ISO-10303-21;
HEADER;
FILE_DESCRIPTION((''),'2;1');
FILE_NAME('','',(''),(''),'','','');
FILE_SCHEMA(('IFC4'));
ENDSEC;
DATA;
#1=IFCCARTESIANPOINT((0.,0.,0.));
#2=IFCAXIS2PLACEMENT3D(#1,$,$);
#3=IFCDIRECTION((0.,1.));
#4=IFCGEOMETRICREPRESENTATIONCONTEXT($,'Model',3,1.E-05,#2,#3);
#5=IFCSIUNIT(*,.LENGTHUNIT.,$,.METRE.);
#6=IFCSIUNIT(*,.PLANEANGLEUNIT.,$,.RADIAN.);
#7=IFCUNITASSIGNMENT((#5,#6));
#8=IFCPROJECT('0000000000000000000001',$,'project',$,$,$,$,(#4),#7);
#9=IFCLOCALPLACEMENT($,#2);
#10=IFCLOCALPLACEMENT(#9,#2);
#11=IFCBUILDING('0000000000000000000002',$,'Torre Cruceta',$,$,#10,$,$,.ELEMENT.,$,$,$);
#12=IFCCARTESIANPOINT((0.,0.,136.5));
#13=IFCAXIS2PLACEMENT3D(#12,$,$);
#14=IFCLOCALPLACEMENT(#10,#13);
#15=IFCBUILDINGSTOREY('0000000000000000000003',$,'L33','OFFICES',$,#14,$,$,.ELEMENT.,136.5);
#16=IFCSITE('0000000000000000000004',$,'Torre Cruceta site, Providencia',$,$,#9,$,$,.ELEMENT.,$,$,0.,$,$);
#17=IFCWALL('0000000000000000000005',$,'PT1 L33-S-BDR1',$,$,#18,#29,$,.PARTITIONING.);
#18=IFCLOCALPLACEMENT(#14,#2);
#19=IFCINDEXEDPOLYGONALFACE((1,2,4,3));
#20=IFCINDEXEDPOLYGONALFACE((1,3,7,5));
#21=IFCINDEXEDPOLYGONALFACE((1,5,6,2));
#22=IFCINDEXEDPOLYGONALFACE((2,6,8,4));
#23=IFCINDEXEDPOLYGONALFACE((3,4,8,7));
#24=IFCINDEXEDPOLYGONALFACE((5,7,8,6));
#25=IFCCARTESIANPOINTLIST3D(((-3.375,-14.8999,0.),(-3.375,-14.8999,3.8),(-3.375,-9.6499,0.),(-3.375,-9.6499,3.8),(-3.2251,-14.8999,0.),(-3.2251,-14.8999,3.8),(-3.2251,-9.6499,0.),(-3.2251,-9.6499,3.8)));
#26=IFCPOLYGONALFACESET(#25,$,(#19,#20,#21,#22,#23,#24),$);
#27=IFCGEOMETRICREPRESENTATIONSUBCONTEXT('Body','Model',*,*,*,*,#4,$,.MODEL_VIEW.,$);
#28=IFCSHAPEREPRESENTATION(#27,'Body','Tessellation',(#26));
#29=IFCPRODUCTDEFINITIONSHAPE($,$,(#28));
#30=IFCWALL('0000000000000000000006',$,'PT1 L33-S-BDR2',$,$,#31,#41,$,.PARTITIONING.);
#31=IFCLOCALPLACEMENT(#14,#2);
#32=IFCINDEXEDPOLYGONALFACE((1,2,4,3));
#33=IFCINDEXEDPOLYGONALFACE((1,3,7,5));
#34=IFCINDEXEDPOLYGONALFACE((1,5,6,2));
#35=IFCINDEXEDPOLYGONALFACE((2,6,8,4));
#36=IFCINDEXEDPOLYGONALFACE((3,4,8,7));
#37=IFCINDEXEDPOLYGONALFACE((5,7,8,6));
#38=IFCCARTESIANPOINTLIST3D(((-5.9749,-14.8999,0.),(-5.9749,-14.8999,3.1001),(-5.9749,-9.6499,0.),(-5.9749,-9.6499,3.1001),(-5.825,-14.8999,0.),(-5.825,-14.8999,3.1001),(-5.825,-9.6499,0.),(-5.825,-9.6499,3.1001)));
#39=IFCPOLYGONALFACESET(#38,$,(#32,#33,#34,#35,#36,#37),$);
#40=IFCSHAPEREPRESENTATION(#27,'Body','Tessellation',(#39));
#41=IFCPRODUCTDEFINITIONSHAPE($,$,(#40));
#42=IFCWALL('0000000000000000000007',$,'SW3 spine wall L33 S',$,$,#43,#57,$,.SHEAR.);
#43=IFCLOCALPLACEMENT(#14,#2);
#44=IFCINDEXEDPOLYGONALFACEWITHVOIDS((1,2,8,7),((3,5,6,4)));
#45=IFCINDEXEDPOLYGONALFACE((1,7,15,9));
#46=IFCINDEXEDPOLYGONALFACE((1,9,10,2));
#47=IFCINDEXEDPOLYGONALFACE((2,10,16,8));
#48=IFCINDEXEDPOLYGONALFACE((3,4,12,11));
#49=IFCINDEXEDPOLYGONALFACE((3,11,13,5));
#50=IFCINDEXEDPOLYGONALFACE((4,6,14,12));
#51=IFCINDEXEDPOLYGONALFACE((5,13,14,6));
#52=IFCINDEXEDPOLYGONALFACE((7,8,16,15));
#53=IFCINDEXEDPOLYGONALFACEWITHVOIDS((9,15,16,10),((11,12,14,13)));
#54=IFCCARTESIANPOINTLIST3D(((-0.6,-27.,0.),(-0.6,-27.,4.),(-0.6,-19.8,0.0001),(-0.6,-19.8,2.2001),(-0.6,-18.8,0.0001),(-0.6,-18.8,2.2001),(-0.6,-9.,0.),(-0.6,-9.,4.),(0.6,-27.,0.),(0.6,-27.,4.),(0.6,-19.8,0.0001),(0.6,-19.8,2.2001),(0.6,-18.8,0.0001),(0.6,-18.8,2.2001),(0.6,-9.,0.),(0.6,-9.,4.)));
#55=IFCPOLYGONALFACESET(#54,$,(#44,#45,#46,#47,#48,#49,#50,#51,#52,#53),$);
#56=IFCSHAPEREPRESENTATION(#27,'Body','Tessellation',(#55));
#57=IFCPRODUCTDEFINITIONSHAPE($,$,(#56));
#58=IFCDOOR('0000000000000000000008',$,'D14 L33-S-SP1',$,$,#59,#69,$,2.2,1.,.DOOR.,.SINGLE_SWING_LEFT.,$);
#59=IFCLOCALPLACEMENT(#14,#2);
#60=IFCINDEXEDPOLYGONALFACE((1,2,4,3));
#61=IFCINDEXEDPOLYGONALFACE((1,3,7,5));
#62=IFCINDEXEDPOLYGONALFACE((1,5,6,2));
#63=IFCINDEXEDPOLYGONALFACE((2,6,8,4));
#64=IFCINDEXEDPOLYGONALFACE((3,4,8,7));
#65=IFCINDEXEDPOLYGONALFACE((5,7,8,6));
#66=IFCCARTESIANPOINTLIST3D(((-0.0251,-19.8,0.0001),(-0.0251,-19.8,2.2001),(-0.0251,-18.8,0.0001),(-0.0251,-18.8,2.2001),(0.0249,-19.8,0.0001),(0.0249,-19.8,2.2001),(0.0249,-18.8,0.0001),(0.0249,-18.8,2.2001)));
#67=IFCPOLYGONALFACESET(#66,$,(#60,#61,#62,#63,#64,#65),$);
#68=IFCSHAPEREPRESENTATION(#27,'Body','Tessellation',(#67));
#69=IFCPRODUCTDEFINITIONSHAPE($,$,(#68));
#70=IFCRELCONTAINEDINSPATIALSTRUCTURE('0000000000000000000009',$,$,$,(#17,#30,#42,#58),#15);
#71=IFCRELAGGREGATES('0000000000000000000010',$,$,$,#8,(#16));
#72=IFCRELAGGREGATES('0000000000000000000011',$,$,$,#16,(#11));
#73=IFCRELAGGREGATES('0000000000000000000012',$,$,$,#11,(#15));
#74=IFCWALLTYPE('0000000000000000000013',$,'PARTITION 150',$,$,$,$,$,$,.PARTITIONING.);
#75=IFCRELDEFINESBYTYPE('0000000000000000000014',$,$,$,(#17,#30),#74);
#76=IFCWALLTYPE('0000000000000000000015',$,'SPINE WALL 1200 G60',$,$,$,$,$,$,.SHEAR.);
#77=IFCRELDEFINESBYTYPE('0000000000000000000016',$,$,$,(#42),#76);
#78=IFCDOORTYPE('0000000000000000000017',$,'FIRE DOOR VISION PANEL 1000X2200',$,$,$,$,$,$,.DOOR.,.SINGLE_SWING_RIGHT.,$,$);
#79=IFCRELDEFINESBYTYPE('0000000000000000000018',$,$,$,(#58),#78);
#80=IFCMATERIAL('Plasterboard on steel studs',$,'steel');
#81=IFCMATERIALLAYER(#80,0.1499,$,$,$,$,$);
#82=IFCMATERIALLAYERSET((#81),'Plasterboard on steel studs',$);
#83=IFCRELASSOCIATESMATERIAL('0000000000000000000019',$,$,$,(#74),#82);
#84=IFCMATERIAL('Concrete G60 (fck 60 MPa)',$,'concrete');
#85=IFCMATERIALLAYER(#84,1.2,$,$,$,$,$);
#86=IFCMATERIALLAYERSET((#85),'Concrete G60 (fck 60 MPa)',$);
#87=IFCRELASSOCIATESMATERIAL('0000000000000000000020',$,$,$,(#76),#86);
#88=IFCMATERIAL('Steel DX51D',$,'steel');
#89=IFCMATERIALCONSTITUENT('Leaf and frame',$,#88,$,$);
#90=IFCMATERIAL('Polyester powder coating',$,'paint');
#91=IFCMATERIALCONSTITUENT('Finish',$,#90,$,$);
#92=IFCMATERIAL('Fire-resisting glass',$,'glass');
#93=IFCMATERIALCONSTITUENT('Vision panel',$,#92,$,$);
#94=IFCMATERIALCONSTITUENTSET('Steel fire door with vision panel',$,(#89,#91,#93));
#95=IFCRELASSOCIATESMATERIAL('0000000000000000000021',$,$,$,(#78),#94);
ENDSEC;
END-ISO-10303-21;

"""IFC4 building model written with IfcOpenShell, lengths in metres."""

from ifc_helpers import new_model, si_unit, direction, frame, frame_2d, origin, place, context, subcontext, project, spatial, rectangle, extrude, material, layer, layer_set, constituent, constituent_set, type_object, element, fill, save


model = new_model("IFC4")

# Units and contexts
model_context = context("Model", 3, precision=1e-05, world=origin(), true_north=direction((0.0, 1.0)))
body_context = subcontext(model_context, "Body", "Model", "MODEL_VIEW")
ifc_project = project(units=[si_unit("LENGTHUNIT", "METRE"), si_unit("PLANEANGLEUNIT", "RADIAN")], contexts=[model_context])

# Site, building, storey
site_placement = place(None, origin())
site = spatial("IfcSite", under=ifc_project, at=site_placement, Name="Torre Cruceta site, Providencia", CompositionType="ELEMENT", RefElevation=0.0)
building_placement = place(site_placement, origin())
building = spatial("IfcBuilding", under=site, at=building_placement, Name="Torre Cruceta", CompositionType="ELEMENT")
storey_placement = place(building_placement, frame((0.0, 0.0, 136.5)))
storey = spatial("IfcBuildingStorey", under=building, at=storey_placement, Name="L33", Description="OFFICES", CompositionType="ELEMENT", Elevation=136.5)

# Shared definitions
ifc_material_1 = material(Name="Plasterboard on steel studs", Category="steel")
ifc_layer_1 = layer(ifc_material_1, 0.1499)
ifc_layer_set_1 = layer_set([ifc_layer_1], Name="Plasterboard on steel studs")
wall_type_1 = type_object("IfcWallType", Name="PARTITION 150", PredefinedType="PARTITIONING", material=ifc_layer_set_1)

# Walls
wall_1_placement = place(storey_placement, frame((-3.3, -9.6499, 0.0), z_axis=(0.0, 0.0, 1.0), x_axis=(0.0, -1.0, 0.0)))
element("IfcWall", 1, at=wall_1_placement, inside=storey, type_object=wall_type_1, Name="PT1 L33-S-BDR1", PredefinedType="PARTITIONING", context=body_context, shape_type="SweptSolid", body=[
    extrude(rectangle(XDim=5.25, YDim=0.1499, at=frame_2d((2.625, 0.0))), origin(), (0.0, 0.0, 1.0), 3.8),
])
wall_2_placement = place(storey_placement, frame((-5.8999, -9.6499, 0.0), z_axis=(0.0, 0.0, 1.0), x_axis=(0.0, -1.0, 0.0)))
element("IfcWall", 2, at=wall_2_placement, inside=storey, type_object=wall_type_1, Name="PT1 L33-S-BDR2", PredefinedType="PARTITIONING", context=body_context, shape_type="SweptSolid", body=[
    extrude(rectangle(XDim=5.25, YDim=0.1499, at=frame_2d((2.625, 0.0))), origin(), (0.0, 0.0, 1.0), 3.1001),
])

# Wall, opening, door
ifc_material_2 = material(Name="Concrete G60 (fck 60 MPa)", Category="concrete")
ifc_layer_2 = layer(ifc_material_2, 1.2)
ifc_layer_set_2 = layer_set([ifc_layer_2], Name="Concrete G60 (fck 60 MPa)")
wall_type_2 = type_object("IfcWallType", Name="SPINE WALL 1200 G60", PredefinedType="SHEAR", material=ifc_layer_set_2)
wall_3_placement = place(storey_placement, frame((0.0, -9.0, 0.0), z_axis=(0.0, 0.0, 1.0), x_axis=(0.0, -1.0, 0.0)))
wall_3 = element("IfcWall", 3, at=wall_3_placement, inside=storey, type_object=wall_type_2, Name="SW3 spine wall L33 S", PredefinedType="SHEAR", context=body_context, shape_type="SweptSolid", body=[
    extrude(rectangle(XDim=18.0, YDim=1.2, at=frame_2d((9.0, 0.0))), origin(), (0.0, 0.0, 1.0), 4.0),
])
opening_1_placement = place(wall_3_placement, frame((9.8, 0.0, 0.0)))
opening_1 = element("IfcOpeningElement", 4, at=opening_1_placement, cuts=wall_3, PredefinedType="OPENING", context=body_context, shape_type="SweptSolid", body=[
    extrude(rectangle(XDim=1.0, YDim=2.2, at=frame_2d((0.5, 1.1001))), frame((0.0, 0.6099, 0.0), z_axis=(0.0, -1.0, 0.0), x_axis=(1.0, 0.0, 0.0)), (0.0, 0.0, 1.0), 1.22),
])
ifc_material_3 = material(Name="Steel DX51D", Category="steel")
ifc_constituent_1 = constituent(ifc_material_3, Name="Leaf and frame")
ifc_material_4 = material(Name="Polyester powder coating", Category="paint")
ifc_constituent_2 = constituent(ifc_material_4, Name="Finish")
ifc_material_5 = material(Name="Fire-resisting glass", Category="glass")
ifc_constituent_3 = constituent(ifc_material_5, Name="Vision panel")
ifc_constituent_set_1 = constituent_set(constituents=[ifc_constituent_1, ifc_constituent_2, ifc_constituent_3], Name="Steel fire door with vision panel")
door_type_1 = type_object("IfcDoorType", Name="FIRE DOOR VISION PANEL 1000X2200", OperationType="SINGLE_SWING_RIGHT", PredefinedType="DOOR", material=ifc_constituent_set_1)
door_1_placement = place(opening_1_placement, frame((1.0, 0.0, 0.0), z_axis=(0.0, 0.0, 1.0), x_axis=(-1.0, 0.0, 0.0)))
door_1 = element("IfcDoor", 5, at=door_1_placement, inside=storey, type_object=door_type_1, Name="D14 L33-S-SP1", OperationType="SINGLE_SWING_LEFT", OverallHeight=2.2, OverallWidth=1.0, PredefinedType="DOOR", context=body_context, shape_type="SweptSolid", body=[
    extrude(rectangle(XDim=1.0, YDim=2.2, at=frame_2d((0.5, 1.1001))), frame((0.0, 0.0251, 0.0), z_axis=(0.0, -1.0, 0.0), x_axis=(1.0, 0.0, 0.0)), (0.0, 0.0, 1.0), 0.05),
])
fill(opening_1, door_1)

save(model, "model.ifc")
